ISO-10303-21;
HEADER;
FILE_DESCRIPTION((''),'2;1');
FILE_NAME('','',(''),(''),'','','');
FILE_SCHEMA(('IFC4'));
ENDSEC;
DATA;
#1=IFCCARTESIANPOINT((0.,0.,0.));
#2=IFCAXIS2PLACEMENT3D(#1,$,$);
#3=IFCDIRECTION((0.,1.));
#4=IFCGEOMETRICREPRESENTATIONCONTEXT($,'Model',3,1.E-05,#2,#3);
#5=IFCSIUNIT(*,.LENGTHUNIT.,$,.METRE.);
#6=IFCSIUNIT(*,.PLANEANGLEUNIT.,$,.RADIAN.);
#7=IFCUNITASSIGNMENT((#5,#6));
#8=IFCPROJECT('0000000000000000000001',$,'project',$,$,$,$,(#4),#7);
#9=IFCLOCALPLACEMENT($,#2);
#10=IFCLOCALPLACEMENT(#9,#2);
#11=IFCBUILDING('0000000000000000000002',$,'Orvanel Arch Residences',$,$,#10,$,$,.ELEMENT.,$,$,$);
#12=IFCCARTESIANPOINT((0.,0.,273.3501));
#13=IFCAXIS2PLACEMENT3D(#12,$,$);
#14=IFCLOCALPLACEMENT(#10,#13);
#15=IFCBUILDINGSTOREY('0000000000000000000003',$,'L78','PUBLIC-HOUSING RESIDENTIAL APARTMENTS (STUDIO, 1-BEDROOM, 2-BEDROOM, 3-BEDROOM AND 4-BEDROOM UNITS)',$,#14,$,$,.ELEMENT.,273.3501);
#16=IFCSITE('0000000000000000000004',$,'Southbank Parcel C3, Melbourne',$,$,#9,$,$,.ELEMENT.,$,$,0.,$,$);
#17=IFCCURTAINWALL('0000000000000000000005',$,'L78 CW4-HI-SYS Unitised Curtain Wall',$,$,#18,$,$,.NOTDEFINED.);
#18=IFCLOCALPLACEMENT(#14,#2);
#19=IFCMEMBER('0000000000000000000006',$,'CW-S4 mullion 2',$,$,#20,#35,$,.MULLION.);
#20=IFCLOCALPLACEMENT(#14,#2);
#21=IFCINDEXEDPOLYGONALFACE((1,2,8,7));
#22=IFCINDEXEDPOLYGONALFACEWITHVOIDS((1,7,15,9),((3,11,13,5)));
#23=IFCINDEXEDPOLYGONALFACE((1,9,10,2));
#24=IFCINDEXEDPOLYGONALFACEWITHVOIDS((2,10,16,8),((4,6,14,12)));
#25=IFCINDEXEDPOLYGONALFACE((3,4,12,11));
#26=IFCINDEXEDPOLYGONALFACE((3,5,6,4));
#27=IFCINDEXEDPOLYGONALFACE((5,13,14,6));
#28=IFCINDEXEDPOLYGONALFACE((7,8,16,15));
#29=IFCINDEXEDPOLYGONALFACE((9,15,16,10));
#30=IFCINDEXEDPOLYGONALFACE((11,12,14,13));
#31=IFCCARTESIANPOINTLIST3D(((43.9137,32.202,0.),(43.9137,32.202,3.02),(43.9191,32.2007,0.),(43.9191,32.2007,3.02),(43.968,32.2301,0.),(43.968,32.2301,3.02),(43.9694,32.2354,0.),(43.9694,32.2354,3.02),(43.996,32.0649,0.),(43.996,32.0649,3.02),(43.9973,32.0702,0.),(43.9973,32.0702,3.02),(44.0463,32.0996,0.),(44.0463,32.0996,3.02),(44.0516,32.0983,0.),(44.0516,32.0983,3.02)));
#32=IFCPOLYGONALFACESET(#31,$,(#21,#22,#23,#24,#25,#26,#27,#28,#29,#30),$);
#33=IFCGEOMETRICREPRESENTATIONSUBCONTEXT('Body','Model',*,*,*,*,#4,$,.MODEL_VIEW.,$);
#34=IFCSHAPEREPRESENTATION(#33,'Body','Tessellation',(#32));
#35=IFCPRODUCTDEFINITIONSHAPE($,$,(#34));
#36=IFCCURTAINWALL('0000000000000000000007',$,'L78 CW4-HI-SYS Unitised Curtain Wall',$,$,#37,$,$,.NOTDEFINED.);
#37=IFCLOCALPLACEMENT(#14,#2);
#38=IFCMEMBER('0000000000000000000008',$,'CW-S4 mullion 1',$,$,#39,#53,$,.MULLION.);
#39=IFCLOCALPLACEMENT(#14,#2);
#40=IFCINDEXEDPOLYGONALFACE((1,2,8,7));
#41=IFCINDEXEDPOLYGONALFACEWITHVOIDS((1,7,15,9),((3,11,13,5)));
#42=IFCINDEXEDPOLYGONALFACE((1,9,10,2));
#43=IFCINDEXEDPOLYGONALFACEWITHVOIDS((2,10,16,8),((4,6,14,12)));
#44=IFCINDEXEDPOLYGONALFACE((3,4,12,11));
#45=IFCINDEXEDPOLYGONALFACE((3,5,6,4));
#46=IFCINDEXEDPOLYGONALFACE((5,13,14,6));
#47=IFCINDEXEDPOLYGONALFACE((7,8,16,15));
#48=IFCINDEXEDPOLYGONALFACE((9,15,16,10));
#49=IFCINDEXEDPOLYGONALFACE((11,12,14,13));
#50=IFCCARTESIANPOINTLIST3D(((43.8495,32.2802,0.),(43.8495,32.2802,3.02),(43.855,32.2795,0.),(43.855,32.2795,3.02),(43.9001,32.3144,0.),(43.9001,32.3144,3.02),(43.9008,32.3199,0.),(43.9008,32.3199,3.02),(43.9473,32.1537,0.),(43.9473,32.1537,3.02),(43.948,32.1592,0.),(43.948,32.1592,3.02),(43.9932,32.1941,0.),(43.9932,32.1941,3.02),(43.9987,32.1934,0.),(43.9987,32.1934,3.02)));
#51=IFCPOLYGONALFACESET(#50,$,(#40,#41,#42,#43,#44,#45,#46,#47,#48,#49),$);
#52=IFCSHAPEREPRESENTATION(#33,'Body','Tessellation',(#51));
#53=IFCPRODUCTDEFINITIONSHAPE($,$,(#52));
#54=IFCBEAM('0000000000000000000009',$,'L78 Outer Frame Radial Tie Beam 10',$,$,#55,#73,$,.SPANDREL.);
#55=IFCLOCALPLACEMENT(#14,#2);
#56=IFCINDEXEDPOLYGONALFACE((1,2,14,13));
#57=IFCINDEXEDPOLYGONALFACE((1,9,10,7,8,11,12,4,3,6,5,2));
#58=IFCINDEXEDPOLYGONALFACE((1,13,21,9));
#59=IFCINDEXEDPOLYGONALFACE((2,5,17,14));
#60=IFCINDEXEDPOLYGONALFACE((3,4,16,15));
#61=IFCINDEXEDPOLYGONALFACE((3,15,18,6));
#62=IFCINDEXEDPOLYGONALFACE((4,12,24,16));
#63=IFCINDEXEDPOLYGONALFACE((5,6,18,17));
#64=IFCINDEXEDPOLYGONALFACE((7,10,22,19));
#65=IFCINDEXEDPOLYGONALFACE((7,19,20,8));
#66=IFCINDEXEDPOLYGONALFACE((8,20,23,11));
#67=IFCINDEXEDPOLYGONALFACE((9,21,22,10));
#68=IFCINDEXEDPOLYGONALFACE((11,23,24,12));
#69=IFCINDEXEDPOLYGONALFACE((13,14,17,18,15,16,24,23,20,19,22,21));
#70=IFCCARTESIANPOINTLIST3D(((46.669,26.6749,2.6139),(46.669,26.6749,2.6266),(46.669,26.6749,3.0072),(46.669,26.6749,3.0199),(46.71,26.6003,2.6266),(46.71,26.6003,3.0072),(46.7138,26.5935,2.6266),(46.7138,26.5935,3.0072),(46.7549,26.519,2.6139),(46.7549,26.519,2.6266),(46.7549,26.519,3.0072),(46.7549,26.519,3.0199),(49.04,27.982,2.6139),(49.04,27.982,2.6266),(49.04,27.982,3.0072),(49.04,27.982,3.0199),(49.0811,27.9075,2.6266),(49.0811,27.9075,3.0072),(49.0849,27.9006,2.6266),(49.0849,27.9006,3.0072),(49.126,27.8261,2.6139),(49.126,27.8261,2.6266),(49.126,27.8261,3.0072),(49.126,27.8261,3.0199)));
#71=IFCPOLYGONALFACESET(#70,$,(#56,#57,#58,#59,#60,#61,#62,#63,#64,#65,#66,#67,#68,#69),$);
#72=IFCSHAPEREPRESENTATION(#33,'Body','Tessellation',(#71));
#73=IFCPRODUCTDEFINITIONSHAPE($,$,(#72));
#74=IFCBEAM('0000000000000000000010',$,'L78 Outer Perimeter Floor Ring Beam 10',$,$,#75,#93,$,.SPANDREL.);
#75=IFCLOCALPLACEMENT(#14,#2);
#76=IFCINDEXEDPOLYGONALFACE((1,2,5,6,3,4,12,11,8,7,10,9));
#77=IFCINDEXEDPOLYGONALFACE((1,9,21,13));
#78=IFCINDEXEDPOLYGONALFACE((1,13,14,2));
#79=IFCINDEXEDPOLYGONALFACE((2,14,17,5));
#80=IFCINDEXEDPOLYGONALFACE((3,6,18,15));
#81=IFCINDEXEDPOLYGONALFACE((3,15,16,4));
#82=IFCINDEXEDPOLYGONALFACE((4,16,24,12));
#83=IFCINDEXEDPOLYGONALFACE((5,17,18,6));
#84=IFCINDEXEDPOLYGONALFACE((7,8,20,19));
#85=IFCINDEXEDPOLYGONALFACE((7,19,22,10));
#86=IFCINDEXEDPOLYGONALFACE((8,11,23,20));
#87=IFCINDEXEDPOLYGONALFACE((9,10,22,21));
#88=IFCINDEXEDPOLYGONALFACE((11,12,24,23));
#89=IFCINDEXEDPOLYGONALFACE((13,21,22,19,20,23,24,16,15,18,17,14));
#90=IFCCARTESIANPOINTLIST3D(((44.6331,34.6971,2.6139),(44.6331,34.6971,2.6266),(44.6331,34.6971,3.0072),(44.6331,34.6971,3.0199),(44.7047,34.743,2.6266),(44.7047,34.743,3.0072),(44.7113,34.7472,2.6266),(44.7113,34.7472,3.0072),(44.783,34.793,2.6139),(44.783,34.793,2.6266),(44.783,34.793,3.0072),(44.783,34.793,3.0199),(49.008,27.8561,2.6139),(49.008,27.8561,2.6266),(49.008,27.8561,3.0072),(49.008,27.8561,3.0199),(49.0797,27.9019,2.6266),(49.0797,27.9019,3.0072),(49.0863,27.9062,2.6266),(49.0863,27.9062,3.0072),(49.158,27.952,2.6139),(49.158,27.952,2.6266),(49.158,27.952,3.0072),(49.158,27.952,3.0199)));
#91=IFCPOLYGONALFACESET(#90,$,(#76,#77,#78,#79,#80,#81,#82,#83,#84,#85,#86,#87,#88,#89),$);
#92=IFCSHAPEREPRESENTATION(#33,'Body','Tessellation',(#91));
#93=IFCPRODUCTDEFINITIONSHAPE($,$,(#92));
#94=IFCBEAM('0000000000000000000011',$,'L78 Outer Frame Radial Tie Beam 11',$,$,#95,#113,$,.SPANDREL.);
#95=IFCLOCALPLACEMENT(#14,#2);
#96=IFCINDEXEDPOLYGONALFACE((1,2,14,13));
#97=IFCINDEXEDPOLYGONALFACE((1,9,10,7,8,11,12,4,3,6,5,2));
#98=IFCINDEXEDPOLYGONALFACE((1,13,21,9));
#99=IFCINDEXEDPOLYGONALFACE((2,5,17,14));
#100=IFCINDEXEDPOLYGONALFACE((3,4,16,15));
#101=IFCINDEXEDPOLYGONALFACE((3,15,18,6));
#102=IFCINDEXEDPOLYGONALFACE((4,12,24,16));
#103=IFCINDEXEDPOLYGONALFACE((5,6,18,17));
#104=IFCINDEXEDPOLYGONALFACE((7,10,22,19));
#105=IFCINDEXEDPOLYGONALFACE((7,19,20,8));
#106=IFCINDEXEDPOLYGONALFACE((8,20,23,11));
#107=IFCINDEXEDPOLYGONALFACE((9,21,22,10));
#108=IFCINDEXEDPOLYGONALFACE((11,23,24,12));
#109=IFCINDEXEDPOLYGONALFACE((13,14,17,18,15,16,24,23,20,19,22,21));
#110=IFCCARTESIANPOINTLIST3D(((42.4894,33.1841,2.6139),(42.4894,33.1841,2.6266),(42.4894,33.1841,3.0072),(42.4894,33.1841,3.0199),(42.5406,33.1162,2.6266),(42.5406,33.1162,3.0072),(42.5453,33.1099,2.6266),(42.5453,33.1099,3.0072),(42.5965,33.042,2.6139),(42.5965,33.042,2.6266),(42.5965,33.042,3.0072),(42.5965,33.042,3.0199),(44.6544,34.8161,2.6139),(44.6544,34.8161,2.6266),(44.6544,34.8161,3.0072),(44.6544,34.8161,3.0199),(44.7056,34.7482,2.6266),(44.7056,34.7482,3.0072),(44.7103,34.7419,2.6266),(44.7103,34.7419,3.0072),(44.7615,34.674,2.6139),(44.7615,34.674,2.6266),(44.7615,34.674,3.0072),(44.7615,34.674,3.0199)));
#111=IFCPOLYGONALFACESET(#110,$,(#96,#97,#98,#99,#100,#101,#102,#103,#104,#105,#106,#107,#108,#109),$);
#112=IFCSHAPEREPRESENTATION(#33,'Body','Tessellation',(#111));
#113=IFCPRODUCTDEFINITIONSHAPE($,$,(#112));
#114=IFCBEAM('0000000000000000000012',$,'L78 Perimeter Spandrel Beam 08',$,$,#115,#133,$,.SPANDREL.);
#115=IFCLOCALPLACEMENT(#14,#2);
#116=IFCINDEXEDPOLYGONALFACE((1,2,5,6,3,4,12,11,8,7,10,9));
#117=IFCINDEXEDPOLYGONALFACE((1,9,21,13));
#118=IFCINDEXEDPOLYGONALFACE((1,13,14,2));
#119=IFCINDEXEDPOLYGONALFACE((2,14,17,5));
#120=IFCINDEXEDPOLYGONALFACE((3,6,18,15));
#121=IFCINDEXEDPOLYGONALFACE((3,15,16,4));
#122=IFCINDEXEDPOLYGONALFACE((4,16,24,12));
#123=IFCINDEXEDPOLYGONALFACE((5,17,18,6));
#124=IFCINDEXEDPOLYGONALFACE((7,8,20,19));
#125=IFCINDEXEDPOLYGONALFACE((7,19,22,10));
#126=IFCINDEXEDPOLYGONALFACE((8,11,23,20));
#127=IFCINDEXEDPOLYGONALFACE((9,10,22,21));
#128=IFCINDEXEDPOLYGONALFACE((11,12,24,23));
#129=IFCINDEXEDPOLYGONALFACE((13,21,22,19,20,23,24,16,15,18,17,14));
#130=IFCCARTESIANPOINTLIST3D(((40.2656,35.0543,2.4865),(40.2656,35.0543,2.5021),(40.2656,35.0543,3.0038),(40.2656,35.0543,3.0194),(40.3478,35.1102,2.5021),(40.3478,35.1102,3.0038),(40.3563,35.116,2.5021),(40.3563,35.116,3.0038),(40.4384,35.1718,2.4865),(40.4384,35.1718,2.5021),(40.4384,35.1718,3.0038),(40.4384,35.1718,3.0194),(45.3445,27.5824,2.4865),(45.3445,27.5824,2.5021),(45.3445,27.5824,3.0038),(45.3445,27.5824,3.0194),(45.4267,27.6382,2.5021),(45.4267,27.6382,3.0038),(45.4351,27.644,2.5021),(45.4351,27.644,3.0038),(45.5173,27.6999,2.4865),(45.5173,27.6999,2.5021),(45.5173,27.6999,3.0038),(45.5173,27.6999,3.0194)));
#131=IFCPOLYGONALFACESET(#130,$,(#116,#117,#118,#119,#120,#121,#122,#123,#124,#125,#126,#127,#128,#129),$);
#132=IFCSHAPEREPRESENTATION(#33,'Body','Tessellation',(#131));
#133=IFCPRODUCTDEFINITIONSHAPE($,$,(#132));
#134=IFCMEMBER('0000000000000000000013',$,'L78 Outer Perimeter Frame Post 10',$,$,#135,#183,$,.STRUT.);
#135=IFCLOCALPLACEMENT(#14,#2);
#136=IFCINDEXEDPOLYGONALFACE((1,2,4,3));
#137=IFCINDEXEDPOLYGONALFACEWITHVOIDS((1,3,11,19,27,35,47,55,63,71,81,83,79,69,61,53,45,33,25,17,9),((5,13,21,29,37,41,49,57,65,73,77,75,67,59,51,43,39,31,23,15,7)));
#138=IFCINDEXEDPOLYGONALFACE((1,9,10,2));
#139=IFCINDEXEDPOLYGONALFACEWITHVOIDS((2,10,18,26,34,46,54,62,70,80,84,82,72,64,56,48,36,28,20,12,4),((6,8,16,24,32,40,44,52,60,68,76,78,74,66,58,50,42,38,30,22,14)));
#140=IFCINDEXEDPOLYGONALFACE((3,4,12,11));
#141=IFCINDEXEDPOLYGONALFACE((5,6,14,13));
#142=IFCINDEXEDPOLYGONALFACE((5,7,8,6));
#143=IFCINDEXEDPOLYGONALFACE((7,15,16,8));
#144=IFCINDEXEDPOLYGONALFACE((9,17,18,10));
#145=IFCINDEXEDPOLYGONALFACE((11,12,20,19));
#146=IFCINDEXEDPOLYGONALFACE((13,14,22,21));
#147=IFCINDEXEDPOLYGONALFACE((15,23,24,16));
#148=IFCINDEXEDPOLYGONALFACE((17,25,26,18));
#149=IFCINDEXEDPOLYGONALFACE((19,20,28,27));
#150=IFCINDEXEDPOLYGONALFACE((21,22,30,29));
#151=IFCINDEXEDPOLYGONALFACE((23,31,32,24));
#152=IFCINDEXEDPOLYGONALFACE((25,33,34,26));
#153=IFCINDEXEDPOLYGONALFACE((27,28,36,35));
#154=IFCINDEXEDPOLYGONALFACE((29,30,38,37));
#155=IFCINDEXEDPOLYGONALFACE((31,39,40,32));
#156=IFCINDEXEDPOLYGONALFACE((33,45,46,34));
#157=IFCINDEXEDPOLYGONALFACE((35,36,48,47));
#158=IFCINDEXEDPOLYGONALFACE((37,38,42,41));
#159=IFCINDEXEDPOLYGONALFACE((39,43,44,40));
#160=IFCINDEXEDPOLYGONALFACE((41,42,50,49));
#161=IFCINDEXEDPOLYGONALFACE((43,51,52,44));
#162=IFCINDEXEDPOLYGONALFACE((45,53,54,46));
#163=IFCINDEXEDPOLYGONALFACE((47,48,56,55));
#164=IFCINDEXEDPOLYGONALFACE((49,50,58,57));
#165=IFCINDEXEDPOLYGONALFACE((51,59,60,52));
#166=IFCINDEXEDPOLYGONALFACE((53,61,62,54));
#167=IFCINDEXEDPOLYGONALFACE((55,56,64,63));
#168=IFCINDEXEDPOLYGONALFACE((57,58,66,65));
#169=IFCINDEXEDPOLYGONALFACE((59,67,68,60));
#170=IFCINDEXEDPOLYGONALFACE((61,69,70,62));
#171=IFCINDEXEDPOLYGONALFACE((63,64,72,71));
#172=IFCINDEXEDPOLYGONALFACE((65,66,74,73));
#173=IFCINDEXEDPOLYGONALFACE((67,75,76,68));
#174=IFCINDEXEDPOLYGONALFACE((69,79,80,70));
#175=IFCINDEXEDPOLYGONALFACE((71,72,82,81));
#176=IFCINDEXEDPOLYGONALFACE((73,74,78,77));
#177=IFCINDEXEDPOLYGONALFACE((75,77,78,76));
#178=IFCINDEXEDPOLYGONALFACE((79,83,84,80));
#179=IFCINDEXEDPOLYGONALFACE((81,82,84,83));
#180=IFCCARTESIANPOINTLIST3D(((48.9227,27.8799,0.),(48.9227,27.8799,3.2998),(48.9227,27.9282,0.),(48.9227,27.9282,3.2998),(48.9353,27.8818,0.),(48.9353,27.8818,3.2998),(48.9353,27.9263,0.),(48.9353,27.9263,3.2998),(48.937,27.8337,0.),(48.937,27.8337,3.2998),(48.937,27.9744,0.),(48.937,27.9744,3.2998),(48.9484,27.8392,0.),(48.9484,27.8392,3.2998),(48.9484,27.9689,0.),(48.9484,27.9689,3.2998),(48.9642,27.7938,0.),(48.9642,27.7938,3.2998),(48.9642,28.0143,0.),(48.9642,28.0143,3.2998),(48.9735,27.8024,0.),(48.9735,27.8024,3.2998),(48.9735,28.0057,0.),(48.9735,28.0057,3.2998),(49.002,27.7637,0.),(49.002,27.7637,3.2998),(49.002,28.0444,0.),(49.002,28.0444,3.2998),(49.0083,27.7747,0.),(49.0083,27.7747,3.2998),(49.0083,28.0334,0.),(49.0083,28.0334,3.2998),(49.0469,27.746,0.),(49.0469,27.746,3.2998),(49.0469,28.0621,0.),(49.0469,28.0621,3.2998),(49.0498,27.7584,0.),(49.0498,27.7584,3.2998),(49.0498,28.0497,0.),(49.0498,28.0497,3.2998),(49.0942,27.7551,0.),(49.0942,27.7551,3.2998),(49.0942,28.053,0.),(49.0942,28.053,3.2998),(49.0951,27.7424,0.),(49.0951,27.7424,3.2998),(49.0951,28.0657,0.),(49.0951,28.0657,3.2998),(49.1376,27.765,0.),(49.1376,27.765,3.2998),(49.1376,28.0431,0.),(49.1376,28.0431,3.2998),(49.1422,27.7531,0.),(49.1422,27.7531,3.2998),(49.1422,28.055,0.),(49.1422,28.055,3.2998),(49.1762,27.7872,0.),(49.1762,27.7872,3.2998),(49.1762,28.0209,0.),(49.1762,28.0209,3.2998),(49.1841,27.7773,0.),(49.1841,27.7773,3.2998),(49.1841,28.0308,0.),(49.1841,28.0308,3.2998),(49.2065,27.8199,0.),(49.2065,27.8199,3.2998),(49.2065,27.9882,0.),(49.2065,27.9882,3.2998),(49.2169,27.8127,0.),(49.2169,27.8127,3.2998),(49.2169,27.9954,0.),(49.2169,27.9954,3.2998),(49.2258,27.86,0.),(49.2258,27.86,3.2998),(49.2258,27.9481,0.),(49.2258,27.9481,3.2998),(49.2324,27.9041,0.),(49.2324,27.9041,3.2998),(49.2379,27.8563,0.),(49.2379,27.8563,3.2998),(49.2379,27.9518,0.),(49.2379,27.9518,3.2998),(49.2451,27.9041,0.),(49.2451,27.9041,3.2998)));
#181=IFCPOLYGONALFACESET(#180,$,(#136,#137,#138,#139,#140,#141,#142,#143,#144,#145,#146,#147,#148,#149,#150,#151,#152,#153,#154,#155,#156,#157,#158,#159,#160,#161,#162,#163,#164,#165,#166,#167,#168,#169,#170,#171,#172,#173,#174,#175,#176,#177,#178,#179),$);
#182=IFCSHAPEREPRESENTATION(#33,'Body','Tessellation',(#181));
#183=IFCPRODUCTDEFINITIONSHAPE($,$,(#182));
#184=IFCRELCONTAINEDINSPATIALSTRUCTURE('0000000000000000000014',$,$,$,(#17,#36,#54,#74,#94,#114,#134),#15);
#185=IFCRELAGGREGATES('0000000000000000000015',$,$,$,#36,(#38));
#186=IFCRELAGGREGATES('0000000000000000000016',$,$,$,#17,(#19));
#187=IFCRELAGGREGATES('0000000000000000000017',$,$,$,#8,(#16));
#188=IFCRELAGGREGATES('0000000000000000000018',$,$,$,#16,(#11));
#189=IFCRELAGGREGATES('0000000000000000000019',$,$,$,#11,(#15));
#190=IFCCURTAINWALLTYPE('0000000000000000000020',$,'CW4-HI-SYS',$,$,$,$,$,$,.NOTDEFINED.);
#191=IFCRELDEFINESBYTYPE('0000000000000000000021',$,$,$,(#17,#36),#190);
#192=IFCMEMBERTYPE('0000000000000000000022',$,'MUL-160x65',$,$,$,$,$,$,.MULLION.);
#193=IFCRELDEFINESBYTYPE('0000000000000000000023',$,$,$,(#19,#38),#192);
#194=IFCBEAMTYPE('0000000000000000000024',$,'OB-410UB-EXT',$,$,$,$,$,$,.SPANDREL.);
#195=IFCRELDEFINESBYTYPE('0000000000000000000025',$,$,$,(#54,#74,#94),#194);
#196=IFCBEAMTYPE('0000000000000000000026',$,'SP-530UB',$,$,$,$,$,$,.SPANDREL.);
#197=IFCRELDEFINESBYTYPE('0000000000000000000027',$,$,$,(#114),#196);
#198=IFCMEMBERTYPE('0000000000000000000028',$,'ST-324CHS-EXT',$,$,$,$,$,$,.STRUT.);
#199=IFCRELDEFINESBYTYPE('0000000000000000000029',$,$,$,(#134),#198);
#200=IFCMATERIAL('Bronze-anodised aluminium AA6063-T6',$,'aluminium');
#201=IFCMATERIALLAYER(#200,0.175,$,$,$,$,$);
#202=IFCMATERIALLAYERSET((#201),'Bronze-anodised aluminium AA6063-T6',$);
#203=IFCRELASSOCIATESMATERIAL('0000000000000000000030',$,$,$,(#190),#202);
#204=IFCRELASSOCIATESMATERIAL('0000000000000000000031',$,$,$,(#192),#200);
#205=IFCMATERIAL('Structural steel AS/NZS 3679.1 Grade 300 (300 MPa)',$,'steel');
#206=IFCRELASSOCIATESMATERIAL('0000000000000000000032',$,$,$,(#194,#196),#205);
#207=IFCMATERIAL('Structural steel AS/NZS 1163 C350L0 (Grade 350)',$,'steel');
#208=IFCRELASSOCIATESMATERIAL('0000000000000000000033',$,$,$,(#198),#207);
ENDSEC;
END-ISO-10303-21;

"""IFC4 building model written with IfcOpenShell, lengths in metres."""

from ifc_helpers import new_model, si_unit, direction, frame, origin, origin_2d, place, context, subcontext, project, spatial, hollow_rectangle, hollow_circle, i_section, extrude, material, layer, layer_set, material_profile, profile_set, type_object, element, aggregate, save


model = new_model("IFC4")

# Units and contexts
model_context = context("Model", 3, precision=1e-05, world=origin(), true_north=direction((0.0, 1.0)))
body_context = subcontext(model_context, "Body", "Model", "MODEL_VIEW")
ifc_project = project(units=[si_unit("LENGTHUNIT", "METRE"), si_unit("PLANEANGLEUNIT", "RADIAN")], contexts=[model_context])

# Site, building, storey
site_placement = place(None, origin())
site = spatial("IfcSite", under=ifc_project, at=site_placement, Name="Southbank Parcel C3, Melbourne", CompositionType="ELEMENT", RefElevation=0.0)
building_placement = place(site_placement, origin())
building = spatial("IfcBuilding", under=site, at=building_placement, Name="Orvanel Arch Residences", CompositionType="ELEMENT")
storey_placement = place(building_placement, frame((0.0, 0.0, 273.3501)))
storey = spatial("IfcBuildingStorey", under=building, at=storey_placement, Name="L78", Description="PUBLIC-HOUSING RESIDENTIAL APARTMENTS (STUDIO, 1-BEDROOM, 2-BEDROOM, 3-BEDROOM AND 4-BEDROOM UNITS)", CompositionType="ELEMENT", Elevation=273.3501)

# Shared definitions
ifc_material_1 = material(Name="Structural steel AS/NZS 1163 C350L0 (Grade 350)", Category="steel")

# Shared definitions
ifc_material_2 = material(Name="Structural steel AS/NZS 3679.1 Grade 300 (300 MPa)", Category="steel")

# Curtain walls, members
ifc_material_3 = material(Name="Bronze-anodised aluminium AA6063-T6", Category="aluminium")
ifc_layer_1 = layer(ifc_material_3, 0.175)
ifc_layer_set_1 = layer_set([ifc_layer_1], Name="Bronze-anodised aluminium AA6063-T6")
curtain_wall_type = type_object("IfcCurtainWallType", Name="CW4-HI-SYS", PredefinedType="NOTDEFINED", material=ifc_layer_set_1)
curtain_wall_1_placement = place(storey_placement, origin())
curtain_wall_1 = element("IfcCurtainWall", 1, at=curtain_wall_1_placement, inside=storey, type_object=curtain_wall_type, Name="L78 CW4-HI-SYS Unitised Curtain Wall", PredefinedType="NOTDEFINED")
ifc_material_profile_1 = material_profile(ifc_material_3, hollow_rectangle(XDim=0.0649, YDim=0.1599, WallThickness=0.0039, at=origin_2d()), Name="ALU160x65x4")
ifc_profile_set_1 = profile_set([ifc_material_profile_1], Name="Bronze-anodised aluminium AA6063-T6")
member_type_1 = type_object("IfcMemberType", Name="MUL-160x65", PredefinedType="MULLION", material=ifc_profile_set_1)
member_1_placement = place(storey_placement, frame((43.9827, 32.1501, 0.0), z_axis=(0.0, 0.0, 1.0), x_axis=(-0.85755, -0.514401, 0.0)))
member_1 = element("IfcMember", 2, at=member_1_placement, type_object=member_type_1, Name="CW-S4 mullion 2", PredefinedType="MULLION", context=body_context, shape_type="SweptSolid", body=[
    extrude(hollow_rectangle(XDim=0.0649, YDim=0.1599, WallThickness=0.0039, at=origin_2d()), origin(), (0.0, 0.0, 1.0), 3.02),
])
curtain_wall_2_placement = place(storey_placement, origin())
curtain_wall_2 = element("IfcCurtainWall", 3, at=curtain_wall_2_placement, inside=storey, type_object=curtain_wall_type, Name="L78 CW4-HI-SYS Unitised Curtain Wall", PredefinedType="NOTDEFINED")
member_2_placement = place(storey_placement, frame((43.9241, 32.2368, 0.0), z_axis=(0.0, 0.0, 1.0), x_axis=(-0.791013, -0.611799, 0.0)))
member_2 = element("IfcMember", 4, at=member_2_placement, type_object=member_type_1, Name="CW-S4 mullion 1", PredefinedType="MULLION", context=body_context, shape_type="SweptSolid", body=[
    extrude(hollow_rectangle(XDim=0.0649, YDim=0.1599, WallThickness=0.0039, at=origin_2d()), origin(), (0.0, 0.0, 1.0), 3.02),
])

# Beams
ifc_material_profile_2 = material_profile(ifc_material_2, i_section(OverallWidth=0.178, OverallDepth=0.406, WebThickness=0.0078, FlangeThickness=0.0127, at=origin_2d()), Name="410UB59.7")
ifc_profile_set_2 = profile_set([ifc_material_profile_2], Name="Structural steel AS/NZS 3679.1 Grade 300 (300 MPa)")
beam_type_1 = type_object("IfcBeamType", Name="OB-410UB-EXT", PredefinedType="SPANDREL", material=ifc_profile_set_2)
beam_1_placement = place(storey_placement, frame((46.7119, 26.5969, 2.8169), z_axis=(0.875743, 0.482777, 0.0), x_axis=(-0.482777, 0.875743, 0.0)))
element("IfcBeam", 5, at=beam_1_placement, inside=storey, type_object=beam_type_1, Name="L78 Outer Frame Radial Tie Beam 10", PredefinedType="SPANDREL", context=body_context, shape_type="SweptSolid", body=[
    extrude(i_section(OverallWidth=0.178, OverallDepth=0.406, WebThickness=0.0078, FlangeThickness=0.0127, at=origin_2d()), origin(), (0.0, 0.0, 1.0), 2.7075),
])
beam_2_placement = place(storey_placement, frame((49.083, 27.9041, 2.8169), z_axis=(-0.538767, 0.842455, 0.0), x_axis=(-0.842455, -0.538767, 0.0)))
element("IfcBeam", 6, at=beam_2_placement, inside=storey, type_object=beam_type_1, Name="L78 Outer Perimeter Floor Ring Beam 10", PredefinedType="SPANDREL", context=body_context, shape_type="SweptSolid", body=[
    extrude(i_section(OverallWidth=0.178, OverallDepth=0.406, WebThickness=0.0078, FlangeThickness=0.0127, at=origin_2d()), origin(), (0.0, 0.0, 1.0), 8.1204),
])
beam_3_placement = place(storey_placement, frame((42.543, 33.113, 2.8169), z_axis=(0.798528, 0.601958, 0.0), x_axis=(-0.601958, 0.798528, 0.0)))
element("IfcBeam", 7, at=beam_3_placement, inside=storey, type_object=beam_type_1, Name="L78 Outer Frame Radial Tie Beam 11", PredefinedType="SPANDREL", context=body_context, shape_type="SweptSolid", body=[
    extrude(i_section(OverallWidth=0.178, OverallDepth=0.406, WebThickness=0.0078, FlangeThickness=0.0127, at=origin_2d()), origin(), (0.0, 0.0, 1.0), 2.7112),
])
ifc_material_profile_3 = material_profile(ifc_material_2, i_section(OverallWidth=0.209, OverallDepth=0.533, WebThickness=0.0103, FlangeThickness=0.0156, at=origin_2d()), Name="530UB92.4")
ifc_profile_set_3 = profile_set([ifc_material_profile_3], Name="Structural steel AS/NZS 3679.1 Grade 300 (300 MPa)")
beam_type_2 = type_object("IfcBeamType", Name="SP-530UB", PredefinedType="SPANDREL", material=ifc_profile_set_3)
beam_4_placement = place(storey_placement, frame((45.4309, 27.6411, 2.7529), z_axis=(-0.562155, 0.827032, 0.0), x_axis=(-0.827032, -0.562155, 0.0)))
element("IfcBeam", 8, at=beam_4_placement, inside=storey, type_object=beam_type_2, Name="L78 Perimeter Spandrel Beam 08", PredefinedType="SPANDREL", context=body_context, shape_type="SweptSolid", body=[
    extrude(i_section(OverallWidth=0.209, OverallDepth=0.533, WebThickness=0.0103, FlangeThickness=0.0156, at=origin_2d()), origin(), (0.0, 0.0, 1.0), 9.0347),
])

# Member
ifc_material_profile_4 = material_profile(ifc_material_1, hollow_circle(Radius=0.1621, WallThickness=0.0127, at=origin_2d()), Name="CHS324x12.7")
ifc_profile_set_4 = profile_set([ifc_material_profile_4], Name="Structural steel AS/NZS 1163 C350L0 (Grade 350)")
member_type_2 = type_object("IfcMemberType", Name="ST-324CHS-EXT", PredefinedType="STRUT", material=ifc_profile_set_4)
member_3_placement = place(storey_placement, frame((49.083, 27.9041, 0.0), z_axis=(0.0, 0.0, 1.0), x_axis=(1.0, 0.0, 0.0)))
element("IfcMember", 9, at=member_3_placement, inside=storey, type_object=member_type_2, Name="L78 Outer Perimeter Frame Post 10", PredefinedType="STRUT", context=body_context, shape_type="SweptSolid", body=[
    extrude(hollow_circle(Radius=0.1621, WallThickness=0.0127, at=origin_2d()), origin(), (0.0, 0.0, 1.0), 3.2998),
])
aggregate(curtain_wall_2, [member_2])

aggregate(curtain_wall_1, [member_1])

save(model, "model.ifc")
